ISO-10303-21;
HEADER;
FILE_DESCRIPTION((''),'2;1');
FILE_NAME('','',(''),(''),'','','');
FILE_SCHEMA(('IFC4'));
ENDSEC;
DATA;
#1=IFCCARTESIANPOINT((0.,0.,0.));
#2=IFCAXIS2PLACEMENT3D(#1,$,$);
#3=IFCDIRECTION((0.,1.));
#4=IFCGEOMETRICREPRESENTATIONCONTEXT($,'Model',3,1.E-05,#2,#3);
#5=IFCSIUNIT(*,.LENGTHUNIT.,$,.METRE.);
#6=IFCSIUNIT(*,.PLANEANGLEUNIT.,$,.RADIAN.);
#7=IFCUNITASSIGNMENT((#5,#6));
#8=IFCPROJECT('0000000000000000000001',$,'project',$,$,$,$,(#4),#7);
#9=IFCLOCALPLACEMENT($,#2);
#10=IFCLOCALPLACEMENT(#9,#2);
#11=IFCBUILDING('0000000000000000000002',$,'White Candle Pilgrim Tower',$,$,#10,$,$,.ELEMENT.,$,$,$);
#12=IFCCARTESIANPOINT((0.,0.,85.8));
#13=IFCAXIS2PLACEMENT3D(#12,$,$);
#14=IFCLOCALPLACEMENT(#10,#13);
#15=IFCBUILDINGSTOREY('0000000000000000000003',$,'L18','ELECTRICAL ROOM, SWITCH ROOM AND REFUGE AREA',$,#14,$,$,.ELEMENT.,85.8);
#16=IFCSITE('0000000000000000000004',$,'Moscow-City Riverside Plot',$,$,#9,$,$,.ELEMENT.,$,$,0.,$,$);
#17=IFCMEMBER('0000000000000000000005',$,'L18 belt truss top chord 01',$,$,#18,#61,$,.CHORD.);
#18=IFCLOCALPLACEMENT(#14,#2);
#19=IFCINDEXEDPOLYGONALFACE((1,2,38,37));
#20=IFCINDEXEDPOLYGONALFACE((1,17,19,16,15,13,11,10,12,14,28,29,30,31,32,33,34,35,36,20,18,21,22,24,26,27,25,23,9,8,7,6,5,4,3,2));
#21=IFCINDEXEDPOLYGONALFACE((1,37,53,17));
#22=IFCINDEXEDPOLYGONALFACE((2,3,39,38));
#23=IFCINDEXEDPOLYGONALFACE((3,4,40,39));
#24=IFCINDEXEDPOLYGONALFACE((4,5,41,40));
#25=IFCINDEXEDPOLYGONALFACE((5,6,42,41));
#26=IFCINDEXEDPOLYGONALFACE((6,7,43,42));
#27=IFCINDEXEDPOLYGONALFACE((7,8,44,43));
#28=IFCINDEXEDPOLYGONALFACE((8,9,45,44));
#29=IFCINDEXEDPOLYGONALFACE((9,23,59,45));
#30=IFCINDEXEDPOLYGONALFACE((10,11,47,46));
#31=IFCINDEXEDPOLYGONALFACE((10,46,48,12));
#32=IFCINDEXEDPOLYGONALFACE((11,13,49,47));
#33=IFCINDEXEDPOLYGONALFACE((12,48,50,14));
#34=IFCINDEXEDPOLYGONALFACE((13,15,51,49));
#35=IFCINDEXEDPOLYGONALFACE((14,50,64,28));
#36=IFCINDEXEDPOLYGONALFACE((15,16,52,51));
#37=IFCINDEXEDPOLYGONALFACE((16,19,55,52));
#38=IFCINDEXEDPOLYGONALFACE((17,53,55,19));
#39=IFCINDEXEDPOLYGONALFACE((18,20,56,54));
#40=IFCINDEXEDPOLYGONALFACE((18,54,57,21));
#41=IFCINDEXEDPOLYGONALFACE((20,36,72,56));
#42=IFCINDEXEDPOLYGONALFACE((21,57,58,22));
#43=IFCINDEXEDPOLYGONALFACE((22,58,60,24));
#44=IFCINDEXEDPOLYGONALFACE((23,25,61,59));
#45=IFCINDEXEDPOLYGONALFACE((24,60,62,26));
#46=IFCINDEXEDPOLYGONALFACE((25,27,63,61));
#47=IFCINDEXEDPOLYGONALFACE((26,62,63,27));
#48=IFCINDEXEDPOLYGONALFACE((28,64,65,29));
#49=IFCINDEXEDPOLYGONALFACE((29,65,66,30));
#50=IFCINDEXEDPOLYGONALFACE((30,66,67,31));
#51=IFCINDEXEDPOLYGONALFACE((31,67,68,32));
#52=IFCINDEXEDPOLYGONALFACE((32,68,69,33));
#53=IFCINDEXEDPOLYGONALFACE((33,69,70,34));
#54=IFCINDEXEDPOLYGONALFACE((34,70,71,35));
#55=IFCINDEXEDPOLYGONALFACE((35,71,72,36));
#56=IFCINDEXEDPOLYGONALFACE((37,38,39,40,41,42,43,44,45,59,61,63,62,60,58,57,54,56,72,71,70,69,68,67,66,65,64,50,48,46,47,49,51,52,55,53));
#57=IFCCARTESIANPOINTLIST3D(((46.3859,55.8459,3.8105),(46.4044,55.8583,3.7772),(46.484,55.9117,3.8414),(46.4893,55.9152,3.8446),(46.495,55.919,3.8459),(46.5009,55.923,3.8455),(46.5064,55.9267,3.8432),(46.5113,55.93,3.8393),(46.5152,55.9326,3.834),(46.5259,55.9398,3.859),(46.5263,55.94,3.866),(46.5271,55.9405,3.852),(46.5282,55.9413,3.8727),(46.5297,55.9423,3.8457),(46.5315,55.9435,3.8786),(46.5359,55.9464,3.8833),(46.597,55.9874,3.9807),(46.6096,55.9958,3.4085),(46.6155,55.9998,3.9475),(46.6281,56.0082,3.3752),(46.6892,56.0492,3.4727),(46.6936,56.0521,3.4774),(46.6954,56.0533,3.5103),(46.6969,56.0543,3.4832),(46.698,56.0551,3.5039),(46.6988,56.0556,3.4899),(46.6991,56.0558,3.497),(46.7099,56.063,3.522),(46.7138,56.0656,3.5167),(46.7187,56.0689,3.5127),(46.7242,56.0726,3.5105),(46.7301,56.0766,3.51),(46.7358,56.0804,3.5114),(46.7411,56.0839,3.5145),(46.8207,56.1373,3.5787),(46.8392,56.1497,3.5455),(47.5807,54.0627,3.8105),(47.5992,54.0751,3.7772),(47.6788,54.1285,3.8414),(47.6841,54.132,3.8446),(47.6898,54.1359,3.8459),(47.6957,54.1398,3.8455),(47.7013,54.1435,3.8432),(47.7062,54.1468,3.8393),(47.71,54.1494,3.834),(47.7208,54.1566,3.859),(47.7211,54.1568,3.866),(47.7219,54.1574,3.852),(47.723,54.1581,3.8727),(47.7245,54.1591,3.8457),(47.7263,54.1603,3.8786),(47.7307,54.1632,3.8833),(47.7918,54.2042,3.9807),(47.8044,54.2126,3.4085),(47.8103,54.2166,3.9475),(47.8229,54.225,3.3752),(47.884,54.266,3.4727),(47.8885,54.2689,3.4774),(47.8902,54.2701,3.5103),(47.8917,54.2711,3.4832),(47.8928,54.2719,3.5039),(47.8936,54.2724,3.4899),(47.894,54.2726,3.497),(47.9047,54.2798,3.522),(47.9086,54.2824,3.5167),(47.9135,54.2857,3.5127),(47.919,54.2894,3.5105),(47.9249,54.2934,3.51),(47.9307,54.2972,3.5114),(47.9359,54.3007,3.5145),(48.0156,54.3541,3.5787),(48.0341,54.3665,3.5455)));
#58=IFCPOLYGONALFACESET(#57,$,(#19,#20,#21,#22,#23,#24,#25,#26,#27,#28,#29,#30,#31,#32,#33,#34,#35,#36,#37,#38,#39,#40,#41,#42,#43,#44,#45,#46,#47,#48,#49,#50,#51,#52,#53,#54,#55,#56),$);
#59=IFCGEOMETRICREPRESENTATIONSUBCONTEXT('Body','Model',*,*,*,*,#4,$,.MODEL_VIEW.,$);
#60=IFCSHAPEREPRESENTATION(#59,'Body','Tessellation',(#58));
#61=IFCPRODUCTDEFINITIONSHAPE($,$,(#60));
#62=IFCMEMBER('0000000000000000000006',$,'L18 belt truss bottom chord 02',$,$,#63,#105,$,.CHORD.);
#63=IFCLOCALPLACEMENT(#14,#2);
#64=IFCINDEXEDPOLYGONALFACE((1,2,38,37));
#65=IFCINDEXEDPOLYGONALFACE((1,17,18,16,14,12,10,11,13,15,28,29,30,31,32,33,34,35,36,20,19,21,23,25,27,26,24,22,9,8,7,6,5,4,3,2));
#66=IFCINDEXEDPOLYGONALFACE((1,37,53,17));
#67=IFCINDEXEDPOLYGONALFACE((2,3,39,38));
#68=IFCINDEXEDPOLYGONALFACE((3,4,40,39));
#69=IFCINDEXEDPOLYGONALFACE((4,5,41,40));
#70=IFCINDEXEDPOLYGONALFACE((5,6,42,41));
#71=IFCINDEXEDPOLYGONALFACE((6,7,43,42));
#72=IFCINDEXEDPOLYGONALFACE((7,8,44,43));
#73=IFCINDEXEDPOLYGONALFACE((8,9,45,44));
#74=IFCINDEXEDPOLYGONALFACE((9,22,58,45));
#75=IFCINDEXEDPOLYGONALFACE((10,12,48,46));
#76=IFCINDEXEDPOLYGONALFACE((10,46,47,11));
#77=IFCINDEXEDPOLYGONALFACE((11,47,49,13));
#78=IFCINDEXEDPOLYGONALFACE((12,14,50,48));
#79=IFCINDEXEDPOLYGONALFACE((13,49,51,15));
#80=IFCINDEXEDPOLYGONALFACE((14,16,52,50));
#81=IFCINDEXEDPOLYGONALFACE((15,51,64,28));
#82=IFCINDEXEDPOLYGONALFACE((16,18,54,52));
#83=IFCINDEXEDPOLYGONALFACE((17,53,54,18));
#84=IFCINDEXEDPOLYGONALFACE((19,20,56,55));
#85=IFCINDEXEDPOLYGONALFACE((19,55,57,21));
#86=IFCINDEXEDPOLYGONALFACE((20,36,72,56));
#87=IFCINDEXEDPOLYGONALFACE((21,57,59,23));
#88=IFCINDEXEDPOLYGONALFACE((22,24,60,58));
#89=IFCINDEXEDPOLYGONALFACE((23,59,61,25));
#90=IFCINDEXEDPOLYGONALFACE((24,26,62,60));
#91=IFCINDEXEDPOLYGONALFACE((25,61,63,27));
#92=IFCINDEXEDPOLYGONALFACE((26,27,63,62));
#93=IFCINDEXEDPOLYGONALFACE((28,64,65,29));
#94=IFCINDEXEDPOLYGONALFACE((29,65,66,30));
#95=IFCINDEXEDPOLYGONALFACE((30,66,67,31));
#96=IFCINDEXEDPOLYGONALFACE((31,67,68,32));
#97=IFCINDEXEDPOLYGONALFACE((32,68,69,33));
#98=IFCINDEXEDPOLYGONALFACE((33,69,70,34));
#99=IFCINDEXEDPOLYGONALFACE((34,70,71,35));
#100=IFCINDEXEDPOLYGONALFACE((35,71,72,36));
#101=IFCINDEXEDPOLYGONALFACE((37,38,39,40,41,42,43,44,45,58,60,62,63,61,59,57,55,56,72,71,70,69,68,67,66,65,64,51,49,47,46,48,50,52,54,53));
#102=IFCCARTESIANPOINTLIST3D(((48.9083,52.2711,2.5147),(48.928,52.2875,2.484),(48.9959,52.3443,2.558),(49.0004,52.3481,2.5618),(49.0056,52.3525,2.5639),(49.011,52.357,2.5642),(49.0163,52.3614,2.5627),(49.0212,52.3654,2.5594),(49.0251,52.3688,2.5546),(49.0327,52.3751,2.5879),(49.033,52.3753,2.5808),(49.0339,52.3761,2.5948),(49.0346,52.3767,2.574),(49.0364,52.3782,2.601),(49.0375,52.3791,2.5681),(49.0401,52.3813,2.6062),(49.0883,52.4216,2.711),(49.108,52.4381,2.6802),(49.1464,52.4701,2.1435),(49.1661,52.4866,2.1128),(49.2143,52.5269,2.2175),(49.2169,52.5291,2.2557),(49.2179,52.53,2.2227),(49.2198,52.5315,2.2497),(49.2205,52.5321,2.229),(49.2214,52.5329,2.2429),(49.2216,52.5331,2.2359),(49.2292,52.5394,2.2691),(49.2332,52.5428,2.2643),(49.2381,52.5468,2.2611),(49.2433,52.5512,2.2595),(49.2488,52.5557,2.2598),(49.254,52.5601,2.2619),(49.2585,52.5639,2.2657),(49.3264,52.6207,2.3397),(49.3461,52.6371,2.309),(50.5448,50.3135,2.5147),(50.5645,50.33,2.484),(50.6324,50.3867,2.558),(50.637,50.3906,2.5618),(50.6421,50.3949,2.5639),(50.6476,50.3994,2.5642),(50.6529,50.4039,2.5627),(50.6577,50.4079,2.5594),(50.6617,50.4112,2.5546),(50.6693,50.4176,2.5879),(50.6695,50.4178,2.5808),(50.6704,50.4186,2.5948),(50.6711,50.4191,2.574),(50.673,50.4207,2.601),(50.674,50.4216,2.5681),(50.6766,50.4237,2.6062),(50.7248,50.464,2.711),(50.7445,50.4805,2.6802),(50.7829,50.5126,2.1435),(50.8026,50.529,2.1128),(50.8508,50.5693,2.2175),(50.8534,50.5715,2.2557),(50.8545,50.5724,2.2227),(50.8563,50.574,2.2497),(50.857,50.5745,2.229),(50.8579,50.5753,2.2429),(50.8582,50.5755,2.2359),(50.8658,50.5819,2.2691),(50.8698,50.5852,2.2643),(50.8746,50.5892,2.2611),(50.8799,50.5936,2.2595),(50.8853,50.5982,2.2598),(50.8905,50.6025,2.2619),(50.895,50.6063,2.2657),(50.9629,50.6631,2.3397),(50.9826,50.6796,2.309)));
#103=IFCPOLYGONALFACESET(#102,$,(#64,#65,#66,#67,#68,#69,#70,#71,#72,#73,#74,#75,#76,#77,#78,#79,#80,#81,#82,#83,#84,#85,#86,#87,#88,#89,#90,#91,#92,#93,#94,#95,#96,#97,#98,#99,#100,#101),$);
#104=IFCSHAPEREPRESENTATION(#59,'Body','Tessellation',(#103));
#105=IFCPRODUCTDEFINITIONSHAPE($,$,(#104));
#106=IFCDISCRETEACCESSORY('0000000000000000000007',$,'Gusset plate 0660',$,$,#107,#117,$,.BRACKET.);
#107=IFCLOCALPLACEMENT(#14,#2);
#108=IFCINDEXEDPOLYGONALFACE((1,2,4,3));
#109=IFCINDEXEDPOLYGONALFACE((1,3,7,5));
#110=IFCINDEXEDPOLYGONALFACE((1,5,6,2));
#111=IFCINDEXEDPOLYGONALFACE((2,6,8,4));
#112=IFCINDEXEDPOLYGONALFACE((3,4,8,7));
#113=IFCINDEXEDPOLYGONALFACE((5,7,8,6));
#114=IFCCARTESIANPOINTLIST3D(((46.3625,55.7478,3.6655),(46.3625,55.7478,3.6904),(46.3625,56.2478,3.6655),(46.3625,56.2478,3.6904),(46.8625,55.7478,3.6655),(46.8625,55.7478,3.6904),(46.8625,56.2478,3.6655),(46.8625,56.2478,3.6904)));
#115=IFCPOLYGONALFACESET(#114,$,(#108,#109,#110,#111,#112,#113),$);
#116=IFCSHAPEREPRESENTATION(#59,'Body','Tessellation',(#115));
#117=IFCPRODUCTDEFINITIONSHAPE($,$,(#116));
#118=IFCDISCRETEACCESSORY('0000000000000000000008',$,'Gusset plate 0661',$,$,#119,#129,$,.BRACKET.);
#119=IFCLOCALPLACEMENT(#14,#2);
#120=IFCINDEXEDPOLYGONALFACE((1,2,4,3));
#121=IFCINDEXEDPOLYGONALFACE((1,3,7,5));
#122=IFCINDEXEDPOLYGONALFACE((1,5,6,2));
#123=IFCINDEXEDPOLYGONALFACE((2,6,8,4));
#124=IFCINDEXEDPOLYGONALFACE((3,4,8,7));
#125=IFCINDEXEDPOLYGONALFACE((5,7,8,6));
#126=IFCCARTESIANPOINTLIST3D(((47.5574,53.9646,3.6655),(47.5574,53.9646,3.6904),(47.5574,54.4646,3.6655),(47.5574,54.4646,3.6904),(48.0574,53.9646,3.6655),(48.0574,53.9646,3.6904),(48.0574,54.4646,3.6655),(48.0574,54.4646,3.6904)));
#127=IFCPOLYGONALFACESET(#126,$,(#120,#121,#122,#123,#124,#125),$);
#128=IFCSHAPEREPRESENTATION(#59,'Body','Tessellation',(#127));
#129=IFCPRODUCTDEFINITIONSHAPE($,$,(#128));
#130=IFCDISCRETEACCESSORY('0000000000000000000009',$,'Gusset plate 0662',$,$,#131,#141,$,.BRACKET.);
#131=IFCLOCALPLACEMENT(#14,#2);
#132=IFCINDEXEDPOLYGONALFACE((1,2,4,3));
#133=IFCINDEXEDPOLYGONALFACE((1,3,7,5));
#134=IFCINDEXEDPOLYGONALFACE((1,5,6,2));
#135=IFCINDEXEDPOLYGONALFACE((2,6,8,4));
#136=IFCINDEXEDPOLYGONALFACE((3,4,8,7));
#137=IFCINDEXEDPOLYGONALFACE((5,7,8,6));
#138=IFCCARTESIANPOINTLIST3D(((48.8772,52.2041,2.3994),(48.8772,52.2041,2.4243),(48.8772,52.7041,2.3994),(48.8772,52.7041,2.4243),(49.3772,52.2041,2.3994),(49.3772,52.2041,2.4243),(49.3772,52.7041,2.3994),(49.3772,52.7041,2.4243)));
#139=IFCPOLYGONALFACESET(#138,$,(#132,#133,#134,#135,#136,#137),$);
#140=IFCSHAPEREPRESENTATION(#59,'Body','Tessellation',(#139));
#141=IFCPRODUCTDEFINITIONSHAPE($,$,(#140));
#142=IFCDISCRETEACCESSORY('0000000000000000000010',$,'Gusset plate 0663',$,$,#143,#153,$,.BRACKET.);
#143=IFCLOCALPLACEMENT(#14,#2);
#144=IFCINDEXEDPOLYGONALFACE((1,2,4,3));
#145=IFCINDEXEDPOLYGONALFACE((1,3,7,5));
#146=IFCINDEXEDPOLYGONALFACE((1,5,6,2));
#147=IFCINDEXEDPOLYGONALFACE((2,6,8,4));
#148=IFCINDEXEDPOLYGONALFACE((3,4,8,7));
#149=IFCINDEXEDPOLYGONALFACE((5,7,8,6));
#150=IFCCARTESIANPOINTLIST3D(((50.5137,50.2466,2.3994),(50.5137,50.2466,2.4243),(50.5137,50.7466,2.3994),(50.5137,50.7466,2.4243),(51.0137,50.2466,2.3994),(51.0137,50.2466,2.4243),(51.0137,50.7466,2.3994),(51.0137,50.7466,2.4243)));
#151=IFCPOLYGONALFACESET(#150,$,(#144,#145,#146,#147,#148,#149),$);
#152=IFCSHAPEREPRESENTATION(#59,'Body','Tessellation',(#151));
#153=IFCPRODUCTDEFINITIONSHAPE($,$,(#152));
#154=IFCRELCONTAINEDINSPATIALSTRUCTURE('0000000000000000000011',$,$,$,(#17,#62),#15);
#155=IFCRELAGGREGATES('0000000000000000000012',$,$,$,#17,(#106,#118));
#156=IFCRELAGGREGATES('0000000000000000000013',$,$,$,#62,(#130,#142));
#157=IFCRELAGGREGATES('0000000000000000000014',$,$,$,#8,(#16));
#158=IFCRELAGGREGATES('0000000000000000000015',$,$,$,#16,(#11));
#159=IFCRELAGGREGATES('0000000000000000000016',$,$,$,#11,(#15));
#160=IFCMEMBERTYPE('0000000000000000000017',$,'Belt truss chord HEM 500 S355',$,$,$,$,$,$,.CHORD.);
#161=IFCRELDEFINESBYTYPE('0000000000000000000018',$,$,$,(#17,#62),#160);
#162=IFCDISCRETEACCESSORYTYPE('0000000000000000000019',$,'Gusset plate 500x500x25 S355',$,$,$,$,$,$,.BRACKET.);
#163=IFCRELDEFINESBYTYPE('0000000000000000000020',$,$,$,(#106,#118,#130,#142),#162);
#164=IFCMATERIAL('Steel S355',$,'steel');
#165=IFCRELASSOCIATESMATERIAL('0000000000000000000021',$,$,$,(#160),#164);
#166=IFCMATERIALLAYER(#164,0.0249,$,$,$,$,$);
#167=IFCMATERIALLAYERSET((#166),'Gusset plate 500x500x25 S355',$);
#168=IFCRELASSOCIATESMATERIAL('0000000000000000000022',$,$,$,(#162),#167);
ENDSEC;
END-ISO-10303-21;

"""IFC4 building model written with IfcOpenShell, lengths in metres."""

from ifc_helpers import new_model, si_unit, direction, frame, origin, origin_2d, place, context, subcontext, project, spatial, rectangle, i_section, extrude, material, layer, layer_set, material_profile, profile_set, type_object, element, aggregate, save


model = new_model("IFC4")

# Units and contexts
model_context = context("Model", 3, precision=1e-05, world=origin(), true_north=direction((0.0, 1.0)))
body_context = subcontext(model_context, "Body", "Model", "MODEL_VIEW")
ifc_project = project(units=[si_unit("LENGTHUNIT", "METRE"), si_unit("PLANEANGLEUNIT", "RADIAN")], contexts=[model_context])

# Site, building, storey
site_placement = place(None, origin())
site = spatial("IfcSite", under=ifc_project, at=site_placement, Name="Moscow-City Riverside Plot", CompositionType="ELEMENT", RefElevation=0.0)
building_placement = place(site_placement, origin())
building = spatial("IfcBuilding", under=site, at=building_placement, Name="White Candle Pilgrim Tower", CompositionType="ELEMENT")
storey_placement = place(building_placement, frame((0.0, 0.0, 85.8)))
storey = spatial("IfcBuildingStorey", under=building, at=storey_placement, Name="L18", Description="ELECTRICAL ROOM, SWITCH ROOM AND REFUGE AREA", CompositionType="ELEMENT", Elevation=85.8)

# Members
ifc_material_1 = material(Name="Steel S355", Category="steel")
ifc_material_profile_1 = material_profile(ifc_material_1, i_section(OverallWidth=0.3059, OverallDepth=0.5239, WebThickness=0.021, FlangeThickness=0.04, FilletRadius=0.0271, at=origin_2d()), Name="HEM 500")
ifc_profile_set_1 = profile_set([ifc_material_profile_1], Name="Steel S355")
member_type_1 = type_object("IfcMemberType", Name="Belt truss chord HEM 500 S355", PredefinedType="CHORD", material=ifc_profile_set_1)
member_1_placement = place(storey_placement, frame((46.6125, 55.9978, 3.678), z_axis=(0.556641, -0.830753, 0.0), x_axis=(0.690173, 0.462446, 0.556602)))
member_1 = element("IfcMember", 1, at=member_1_placement, inside=storey, type_object=member_type_1, Name="L18 belt truss top chord 01", PredefinedType="CHORD", context=body_context, shape_type="SweptSolid", body=[
    extrude(i_section(OverallWidth=0.3059, OverallDepth=0.5239, WebThickness=0.021, FlangeThickness=0.04, FilletRadius=0.0271, at=origin_2d()), origin(), (0.0, 0.0, 1.0), 2.1465),
])
member_2_placement = place(storey_placement, frame((49.1272, 52.4541, 2.4119), z_axis=(0.641388, -0.767216, 0.0), x_axis=(0.588617, 0.492081, 0.641394)))
member_2 = element("IfcMember", 2, at=member_2_placement, inside=storey, type_object=member_type_1, Name="L18 belt truss bottom chord 02", PredefinedType="CHORD", context=body_context, shape_type="SweptSolid", body=[
    extrude(i_section(OverallWidth=0.3059, OverallDepth=0.5239, WebThickness=0.021, FlangeThickness=0.04, FilletRadius=0.0271, at=origin_2d()), origin(), (0.0, 0.0, 1.0), 2.5515),
])

# Discrete accessories
ifc_layer_1 = layer(ifc_material_1, 0.0249)
ifc_layer_set_1 = layer_set([ifc_layer_1], Name="Gusset plate 500x500x25 S355")
discrete_accessory_type = type_object("IfcDiscreteAccessoryType", Name="Gusset plate 500x500x25 S355", PredefinedType="BRACKET", material=ifc_layer_set_1)
discrete_accessory_1_placement = place(storey_placement, frame((46.6125, 55.9978, 3.6655), z_axis=(0.0, 0.0, 1.0), x_axis=(1.0, 0.0, 0.0)))
discrete_accessory_1 = element("IfcDiscreteAccessory", 3, at=discrete_accessory_1_placement, type_object=discrete_accessory_type, Name="Gusset plate 0660", PredefinedType="BRACKET", context=body_context, shape_type="SweptSolid", body=[
    extrude(rectangle(XDim=0.5, YDim=0.5, at=origin_2d()), origin(), (0.0, 0.0, 1.0), 0.0249),
])
discrete_accessory_2_placement = place(storey_placement, frame((47.8074, 54.2146, 3.6655), z_axis=(0.0, 0.0, 1.0), x_axis=(1.0, 0.0, 0.0)))
discrete_accessory_2 = element("IfcDiscreteAccessory", 4, at=discrete_accessory_2_placement, type_object=discrete_accessory_type, Name="Gusset plate 0661", PredefinedType="BRACKET", context=body_context, shape_type="SweptSolid", body=[
    extrude(rectangle(XDim=0.5, YDim=0.5, at=origin_2d()), origin(), (0.0, 0.0, 1.0), 0.0249),
])
aggregate(member_1, [discrete_accessory_1, discrete_accessory_2])
discrete_accessory_3_placement = place(storey_placement, frame((49.1272, 52.4541, 2.3994), z_axis=(0.0, 0.0, 1.0), x_axis=(1.0, 0.0, 0.0)))
discrete_accessory_3 = element("IfcDiscreteAccessory", 5, at=discrete_accessory_3_placement, type_object=discrete_accessory_type, Name="Gusset plate 0662", PredefinedType="BRACKET", context=body_context, shape_type="SweptSolid", body=[
    extrude(rectangle(XDim=0.5, YDim=0.5, at=origin_2d()), origin(), (0.0, 0.0, 1.0), 0.0249),
])
discrete_accessory_4_placement = place(storey_placement, frame((50.7637, 50.4966, 2.3994), z_axis=(0.0, 0.0, 1.0), x_axis=(1.0, 0.0, 0.0)))
discrete_accessory_4 = element("IfcDiscreteAccessory", 6, at=discrete_accessory_4_placement, type_object=discrete_accessory_type, Name="Gusset plate 0663", PredefinedType="BRACKET", context=body_context, shape_type="SweptSolid", body=[
    extrude(rectangle(XDim=0.5, YDim=0.5, at=origin_2d()), origin(), (0.0, 0.0, 1.0), 0.0249),
])
aggregate(member_2, [discrete_accessory_3, discrete_accessory_4])

save(model, "model.ifc")
